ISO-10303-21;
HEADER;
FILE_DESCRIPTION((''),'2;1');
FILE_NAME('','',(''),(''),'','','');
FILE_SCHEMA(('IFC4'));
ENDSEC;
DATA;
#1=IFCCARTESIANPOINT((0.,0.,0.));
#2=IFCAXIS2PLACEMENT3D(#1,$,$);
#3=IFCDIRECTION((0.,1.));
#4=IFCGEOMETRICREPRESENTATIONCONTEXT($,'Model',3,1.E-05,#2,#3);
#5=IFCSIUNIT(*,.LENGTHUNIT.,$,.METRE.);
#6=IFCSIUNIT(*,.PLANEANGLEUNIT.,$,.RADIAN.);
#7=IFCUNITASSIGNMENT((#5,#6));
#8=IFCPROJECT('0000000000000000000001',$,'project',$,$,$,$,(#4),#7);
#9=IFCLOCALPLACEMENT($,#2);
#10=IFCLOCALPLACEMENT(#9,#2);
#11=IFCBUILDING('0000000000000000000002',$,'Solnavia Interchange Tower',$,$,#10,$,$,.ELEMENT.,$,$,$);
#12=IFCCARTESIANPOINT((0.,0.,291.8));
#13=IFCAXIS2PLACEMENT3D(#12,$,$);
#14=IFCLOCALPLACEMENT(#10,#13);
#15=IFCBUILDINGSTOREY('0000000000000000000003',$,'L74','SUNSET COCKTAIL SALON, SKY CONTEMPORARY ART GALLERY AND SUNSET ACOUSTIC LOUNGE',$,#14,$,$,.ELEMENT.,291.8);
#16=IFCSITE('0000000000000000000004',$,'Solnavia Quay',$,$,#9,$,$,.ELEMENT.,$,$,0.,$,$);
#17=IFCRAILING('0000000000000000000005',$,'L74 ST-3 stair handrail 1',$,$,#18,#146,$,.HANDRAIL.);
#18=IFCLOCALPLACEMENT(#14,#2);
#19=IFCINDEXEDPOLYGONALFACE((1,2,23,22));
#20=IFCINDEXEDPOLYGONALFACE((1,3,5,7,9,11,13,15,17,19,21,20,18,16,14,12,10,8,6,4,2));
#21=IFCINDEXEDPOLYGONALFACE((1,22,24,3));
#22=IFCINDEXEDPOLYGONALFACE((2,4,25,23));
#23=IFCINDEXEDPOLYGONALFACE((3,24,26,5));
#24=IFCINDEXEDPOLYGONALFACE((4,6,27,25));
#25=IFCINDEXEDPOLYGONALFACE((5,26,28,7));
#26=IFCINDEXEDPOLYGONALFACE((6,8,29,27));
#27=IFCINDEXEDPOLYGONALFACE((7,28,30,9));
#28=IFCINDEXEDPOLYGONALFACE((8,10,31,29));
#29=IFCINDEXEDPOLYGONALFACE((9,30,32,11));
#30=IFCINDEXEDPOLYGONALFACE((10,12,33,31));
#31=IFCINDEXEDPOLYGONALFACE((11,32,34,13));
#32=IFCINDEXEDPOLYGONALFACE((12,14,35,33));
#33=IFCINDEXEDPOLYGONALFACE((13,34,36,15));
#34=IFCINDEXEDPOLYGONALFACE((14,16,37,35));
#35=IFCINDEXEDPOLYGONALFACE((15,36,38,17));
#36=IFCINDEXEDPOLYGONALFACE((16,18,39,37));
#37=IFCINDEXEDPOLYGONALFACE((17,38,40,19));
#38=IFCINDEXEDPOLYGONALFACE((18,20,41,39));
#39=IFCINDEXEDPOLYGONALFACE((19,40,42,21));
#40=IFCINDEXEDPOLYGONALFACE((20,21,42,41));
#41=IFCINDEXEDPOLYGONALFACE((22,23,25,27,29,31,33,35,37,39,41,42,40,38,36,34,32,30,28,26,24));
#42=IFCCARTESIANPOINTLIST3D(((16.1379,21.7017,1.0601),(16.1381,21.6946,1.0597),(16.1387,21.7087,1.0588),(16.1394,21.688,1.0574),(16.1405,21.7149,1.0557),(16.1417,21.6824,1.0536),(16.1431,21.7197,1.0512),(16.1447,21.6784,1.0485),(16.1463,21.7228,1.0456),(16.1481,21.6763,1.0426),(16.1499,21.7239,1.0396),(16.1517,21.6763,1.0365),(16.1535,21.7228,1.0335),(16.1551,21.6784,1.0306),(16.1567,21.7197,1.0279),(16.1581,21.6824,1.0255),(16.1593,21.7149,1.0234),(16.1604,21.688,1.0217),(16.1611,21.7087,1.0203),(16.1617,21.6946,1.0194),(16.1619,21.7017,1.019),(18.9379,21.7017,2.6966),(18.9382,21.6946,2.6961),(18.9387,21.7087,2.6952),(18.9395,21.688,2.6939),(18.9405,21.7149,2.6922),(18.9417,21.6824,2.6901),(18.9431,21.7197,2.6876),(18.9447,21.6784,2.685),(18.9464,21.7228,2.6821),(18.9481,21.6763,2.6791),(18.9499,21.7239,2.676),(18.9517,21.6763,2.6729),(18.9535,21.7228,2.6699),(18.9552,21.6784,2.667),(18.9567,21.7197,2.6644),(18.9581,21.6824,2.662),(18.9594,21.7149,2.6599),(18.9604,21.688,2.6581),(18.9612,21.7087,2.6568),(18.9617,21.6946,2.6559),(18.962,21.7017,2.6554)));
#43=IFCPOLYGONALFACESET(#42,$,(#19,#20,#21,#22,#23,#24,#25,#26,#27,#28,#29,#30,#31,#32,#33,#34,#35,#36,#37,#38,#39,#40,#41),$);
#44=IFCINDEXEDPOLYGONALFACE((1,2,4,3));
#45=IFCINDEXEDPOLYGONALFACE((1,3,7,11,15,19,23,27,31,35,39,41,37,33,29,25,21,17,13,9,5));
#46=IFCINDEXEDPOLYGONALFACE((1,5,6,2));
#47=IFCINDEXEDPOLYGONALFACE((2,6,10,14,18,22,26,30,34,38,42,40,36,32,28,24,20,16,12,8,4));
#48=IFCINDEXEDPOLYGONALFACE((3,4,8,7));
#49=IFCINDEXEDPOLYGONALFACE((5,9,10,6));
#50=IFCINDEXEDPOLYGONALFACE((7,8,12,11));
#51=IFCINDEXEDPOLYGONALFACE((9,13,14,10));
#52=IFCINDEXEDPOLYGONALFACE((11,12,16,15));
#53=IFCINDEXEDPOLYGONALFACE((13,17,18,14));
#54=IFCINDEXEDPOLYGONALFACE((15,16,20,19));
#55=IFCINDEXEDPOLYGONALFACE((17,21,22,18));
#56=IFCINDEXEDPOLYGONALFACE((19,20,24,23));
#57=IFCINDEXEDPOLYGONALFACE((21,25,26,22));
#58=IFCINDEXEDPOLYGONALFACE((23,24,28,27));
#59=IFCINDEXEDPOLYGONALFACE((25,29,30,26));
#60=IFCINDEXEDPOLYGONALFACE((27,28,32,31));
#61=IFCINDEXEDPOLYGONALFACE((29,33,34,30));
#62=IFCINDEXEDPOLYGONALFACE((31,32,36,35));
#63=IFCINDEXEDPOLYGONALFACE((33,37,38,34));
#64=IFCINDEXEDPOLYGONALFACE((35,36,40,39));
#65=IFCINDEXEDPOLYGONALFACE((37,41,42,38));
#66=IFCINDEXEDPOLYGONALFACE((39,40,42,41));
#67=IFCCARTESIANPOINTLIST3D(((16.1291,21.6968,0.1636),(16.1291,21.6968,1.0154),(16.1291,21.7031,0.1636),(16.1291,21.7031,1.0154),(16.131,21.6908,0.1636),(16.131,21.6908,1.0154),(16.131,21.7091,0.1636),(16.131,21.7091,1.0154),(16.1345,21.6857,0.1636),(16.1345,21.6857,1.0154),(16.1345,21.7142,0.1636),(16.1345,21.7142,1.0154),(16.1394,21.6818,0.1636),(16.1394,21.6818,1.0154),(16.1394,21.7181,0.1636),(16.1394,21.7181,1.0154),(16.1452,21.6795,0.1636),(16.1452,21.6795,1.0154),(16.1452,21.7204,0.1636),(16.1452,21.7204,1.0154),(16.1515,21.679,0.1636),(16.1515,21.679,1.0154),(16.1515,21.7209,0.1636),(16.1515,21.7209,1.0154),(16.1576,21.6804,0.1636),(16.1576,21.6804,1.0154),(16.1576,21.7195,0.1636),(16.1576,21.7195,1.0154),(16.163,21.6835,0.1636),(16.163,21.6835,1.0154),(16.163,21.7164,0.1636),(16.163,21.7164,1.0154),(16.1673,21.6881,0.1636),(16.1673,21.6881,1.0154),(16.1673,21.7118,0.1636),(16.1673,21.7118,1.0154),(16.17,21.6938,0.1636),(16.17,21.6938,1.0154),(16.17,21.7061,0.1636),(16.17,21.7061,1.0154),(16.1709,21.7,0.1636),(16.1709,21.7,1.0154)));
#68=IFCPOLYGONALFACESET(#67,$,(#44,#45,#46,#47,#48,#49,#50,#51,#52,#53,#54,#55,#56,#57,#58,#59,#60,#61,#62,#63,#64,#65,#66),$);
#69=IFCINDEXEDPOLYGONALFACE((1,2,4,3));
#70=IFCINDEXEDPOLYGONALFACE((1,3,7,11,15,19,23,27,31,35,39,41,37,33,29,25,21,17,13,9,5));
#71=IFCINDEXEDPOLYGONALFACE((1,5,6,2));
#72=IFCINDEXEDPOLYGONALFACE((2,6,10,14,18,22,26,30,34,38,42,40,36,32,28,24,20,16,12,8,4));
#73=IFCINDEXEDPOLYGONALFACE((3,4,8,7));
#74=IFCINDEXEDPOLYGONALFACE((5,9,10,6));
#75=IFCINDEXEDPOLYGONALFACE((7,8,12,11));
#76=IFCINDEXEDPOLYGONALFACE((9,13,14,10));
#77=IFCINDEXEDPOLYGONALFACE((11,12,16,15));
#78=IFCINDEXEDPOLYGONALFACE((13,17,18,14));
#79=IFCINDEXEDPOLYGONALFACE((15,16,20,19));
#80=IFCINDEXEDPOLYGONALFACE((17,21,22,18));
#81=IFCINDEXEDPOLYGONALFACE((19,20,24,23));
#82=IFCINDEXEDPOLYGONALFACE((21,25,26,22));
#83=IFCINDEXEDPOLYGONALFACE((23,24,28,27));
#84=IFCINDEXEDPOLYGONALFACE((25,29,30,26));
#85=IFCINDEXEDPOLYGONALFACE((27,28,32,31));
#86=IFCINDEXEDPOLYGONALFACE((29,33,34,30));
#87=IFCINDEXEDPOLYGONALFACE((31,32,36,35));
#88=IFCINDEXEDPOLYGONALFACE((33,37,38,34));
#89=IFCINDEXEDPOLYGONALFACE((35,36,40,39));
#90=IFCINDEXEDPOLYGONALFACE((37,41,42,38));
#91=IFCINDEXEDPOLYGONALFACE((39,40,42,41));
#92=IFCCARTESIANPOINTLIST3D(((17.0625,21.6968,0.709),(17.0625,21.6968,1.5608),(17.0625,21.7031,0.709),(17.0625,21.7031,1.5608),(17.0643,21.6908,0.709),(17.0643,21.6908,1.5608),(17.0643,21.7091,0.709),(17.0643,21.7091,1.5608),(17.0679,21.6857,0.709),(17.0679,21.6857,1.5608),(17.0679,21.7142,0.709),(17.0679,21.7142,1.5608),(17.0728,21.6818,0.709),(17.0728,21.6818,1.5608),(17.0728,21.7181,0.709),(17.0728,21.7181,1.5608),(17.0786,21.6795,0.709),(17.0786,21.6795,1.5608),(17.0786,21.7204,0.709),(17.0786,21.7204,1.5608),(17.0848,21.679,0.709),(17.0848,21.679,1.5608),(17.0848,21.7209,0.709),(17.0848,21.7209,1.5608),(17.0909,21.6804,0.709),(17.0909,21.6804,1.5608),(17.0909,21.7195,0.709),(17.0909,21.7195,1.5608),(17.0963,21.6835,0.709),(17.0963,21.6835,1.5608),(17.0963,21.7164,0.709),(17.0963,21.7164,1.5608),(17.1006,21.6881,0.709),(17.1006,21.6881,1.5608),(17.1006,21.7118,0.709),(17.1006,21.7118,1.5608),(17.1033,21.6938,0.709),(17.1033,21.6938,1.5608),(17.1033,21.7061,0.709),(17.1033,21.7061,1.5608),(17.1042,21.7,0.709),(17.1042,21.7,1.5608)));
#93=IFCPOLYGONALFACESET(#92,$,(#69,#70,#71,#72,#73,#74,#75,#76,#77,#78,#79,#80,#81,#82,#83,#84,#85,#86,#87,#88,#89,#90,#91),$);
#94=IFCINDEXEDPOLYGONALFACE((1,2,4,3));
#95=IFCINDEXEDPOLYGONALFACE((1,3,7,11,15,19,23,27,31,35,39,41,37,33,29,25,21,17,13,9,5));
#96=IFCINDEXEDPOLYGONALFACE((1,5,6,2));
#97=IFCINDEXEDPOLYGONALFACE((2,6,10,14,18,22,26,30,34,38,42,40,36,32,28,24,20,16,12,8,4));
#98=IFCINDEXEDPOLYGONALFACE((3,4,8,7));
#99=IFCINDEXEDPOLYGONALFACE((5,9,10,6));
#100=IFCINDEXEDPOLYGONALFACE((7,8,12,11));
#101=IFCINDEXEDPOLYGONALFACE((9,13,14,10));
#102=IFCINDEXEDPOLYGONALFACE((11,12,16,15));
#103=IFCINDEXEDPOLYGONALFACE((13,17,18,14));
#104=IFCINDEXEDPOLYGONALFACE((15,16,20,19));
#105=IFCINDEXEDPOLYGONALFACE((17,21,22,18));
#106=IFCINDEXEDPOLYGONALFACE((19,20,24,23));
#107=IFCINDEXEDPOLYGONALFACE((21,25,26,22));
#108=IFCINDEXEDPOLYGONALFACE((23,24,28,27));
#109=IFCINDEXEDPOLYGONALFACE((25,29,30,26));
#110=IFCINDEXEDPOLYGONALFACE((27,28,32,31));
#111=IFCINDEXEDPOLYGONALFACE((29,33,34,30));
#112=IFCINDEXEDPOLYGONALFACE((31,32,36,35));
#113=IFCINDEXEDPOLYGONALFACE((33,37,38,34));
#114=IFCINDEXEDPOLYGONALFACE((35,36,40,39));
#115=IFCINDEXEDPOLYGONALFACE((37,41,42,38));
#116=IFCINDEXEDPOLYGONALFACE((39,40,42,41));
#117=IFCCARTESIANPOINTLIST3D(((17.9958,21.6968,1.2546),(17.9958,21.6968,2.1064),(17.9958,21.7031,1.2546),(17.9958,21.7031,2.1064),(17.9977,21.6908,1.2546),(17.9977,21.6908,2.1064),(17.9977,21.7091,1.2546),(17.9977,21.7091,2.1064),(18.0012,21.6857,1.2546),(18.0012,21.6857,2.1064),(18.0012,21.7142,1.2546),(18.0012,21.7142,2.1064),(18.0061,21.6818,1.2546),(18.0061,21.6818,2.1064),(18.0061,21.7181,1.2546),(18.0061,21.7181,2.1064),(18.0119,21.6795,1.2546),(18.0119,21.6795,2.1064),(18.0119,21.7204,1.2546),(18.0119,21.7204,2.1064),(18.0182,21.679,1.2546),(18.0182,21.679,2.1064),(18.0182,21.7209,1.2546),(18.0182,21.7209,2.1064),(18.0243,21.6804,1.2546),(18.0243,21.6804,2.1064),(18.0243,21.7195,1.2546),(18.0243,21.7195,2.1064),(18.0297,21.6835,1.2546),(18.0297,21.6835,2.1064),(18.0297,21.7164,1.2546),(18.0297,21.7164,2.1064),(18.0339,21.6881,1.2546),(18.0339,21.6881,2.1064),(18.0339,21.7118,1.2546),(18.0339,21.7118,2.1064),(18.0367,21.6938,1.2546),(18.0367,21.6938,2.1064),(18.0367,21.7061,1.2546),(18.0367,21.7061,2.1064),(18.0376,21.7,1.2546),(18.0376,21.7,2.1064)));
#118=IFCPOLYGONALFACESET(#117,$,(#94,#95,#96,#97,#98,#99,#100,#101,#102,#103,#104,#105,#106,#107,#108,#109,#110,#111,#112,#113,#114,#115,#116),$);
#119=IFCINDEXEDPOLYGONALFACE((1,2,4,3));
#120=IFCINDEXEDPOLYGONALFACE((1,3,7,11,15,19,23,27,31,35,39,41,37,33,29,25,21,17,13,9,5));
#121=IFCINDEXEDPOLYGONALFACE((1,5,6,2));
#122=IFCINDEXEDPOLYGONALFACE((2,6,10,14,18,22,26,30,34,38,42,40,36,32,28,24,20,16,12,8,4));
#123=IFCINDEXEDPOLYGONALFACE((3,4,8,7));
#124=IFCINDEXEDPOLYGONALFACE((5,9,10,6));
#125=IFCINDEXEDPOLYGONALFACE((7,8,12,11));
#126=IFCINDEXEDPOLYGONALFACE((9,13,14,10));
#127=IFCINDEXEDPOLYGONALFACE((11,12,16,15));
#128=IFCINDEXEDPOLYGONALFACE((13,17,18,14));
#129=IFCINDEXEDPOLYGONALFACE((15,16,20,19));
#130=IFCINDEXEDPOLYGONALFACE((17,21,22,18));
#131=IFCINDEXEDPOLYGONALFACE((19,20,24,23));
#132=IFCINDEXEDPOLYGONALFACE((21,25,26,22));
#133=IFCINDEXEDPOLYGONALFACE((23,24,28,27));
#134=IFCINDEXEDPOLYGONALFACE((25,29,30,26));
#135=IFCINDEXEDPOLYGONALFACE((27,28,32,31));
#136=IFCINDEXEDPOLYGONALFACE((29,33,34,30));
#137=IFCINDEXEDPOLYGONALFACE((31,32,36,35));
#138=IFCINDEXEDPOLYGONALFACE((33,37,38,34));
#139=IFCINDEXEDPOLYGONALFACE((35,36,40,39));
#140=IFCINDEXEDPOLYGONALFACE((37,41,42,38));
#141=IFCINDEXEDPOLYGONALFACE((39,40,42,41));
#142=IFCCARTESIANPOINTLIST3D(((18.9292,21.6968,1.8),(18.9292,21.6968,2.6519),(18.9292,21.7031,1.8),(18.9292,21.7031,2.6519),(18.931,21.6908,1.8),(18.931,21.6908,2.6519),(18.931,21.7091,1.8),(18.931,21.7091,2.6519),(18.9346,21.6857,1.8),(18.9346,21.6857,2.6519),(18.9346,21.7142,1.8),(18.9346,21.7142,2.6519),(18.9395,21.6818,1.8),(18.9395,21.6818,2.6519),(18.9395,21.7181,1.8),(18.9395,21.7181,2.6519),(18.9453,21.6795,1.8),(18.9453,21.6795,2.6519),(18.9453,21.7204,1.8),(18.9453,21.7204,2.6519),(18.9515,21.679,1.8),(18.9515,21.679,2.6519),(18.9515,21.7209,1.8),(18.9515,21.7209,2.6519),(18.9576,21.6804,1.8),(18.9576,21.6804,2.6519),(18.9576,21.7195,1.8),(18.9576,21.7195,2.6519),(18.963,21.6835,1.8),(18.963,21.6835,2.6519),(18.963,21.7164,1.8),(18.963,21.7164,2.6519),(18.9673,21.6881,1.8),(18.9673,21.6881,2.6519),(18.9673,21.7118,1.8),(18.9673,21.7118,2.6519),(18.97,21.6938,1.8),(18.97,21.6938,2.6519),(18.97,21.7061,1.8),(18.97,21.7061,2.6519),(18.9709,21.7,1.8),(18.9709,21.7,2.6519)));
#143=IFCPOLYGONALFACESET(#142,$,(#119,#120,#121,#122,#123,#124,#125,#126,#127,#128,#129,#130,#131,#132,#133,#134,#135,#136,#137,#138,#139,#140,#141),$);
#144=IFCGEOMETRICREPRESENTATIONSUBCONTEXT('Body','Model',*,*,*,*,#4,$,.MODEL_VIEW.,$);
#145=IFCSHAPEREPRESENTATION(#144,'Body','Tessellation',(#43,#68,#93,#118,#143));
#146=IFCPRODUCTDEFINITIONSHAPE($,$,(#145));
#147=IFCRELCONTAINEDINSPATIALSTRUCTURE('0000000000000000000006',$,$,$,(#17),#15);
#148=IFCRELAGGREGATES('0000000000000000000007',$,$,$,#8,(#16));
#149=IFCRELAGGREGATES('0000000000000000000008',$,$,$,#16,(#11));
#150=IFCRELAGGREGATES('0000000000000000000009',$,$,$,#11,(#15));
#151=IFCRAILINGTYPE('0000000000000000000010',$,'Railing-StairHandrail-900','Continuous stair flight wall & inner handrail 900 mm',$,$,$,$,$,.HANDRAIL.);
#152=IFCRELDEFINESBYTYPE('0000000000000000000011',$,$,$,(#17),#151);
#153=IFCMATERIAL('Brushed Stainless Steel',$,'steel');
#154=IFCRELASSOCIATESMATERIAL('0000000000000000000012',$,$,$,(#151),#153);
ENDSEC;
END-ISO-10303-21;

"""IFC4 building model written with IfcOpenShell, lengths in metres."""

from ifc_helpers import new_model, si_unit, direction, frame, origin, origin_2d, place, context, subcontext, project, spatial, circle, extrude, material, type_object, element, save


model = new_model("IFC4")

# Units and contexts
model_context = context("Model", 3, precision=1e-05, world=origin(), true_north=direction((0.0, 1.0)))
body_context = subcontext(model_context, "Body", "Model", "MODEL_VIEW")
ifc_project = project(units=[si_unit("LENGTHUNIT", "METRE"), si_unit("PLANEANGLEUNIT", "RADIAN")], contexts=[model_context])

# Site, building, storey
site_placement = place(None, origin())
site = spatial("IfcSite", under=ifc_project, at=site_placement, Name="Solnavia Quay", CompositionType="ELEMENT", RefElevation=0.0)
building_placement = place(site_placement, origin())
building = spatial("IfcBuilding", under=site, at=building_placement, Name="Solnavia Interchange Tower", CompositionType="ELEMENT")
storey_placement = place(building_placement, frame((0.0, 0.0, 291.8)))
storey = spatial("IfcBuildingStorey", under=building, at=storey_placement, Name="L74", Description="SUNSET COCKTAIL SALON, SKY CONTEMPORARY ART GALLERY AND SUNSET ACOUSTIC LOUNGE", CompositionType="ELEMENT", Elevation=291.8)

# Railing
ifc_material_1 = material(Name="Brushed Stainless Steel", Category="steel")
railing_type_1 = type_object("IfcRailingType", Name="Railing-StairHandrail-900", Description="Continuous stair flight wall & inner handrail 900 mm", PredefinedType="HANDRAIL", material=ifc_material_1)
railing_1_placement = place(storey_placement, frame((16.1499, 21.7, 0.1636)))
element("IfcRailing", 1, at=railing_1_placement, inside=storey, type_object=railing_type_1, Name="L74 ST-3 stair handrail 1", PredefinedType="HANDRAIL", context=body_context, shape_type="SweptSolid", body=[
    extrude(circle(Radius=0.0239, at=origin_2d()), frame((0.0, 0.0, 0.876), z_axis=(0.863361, 0.0, 0.504587), x_axis=(0.0, 1.0, 0.0)), (0.0, 0.0, 1.0), 3.2432),
    extrude(circle(Radius=0.021, at=origin_2d()), origin(), (0.0, 0.0, 1.0), 0.8518),
    extrude(circle(Radius=0.021, at=origin_2d()), frame((0.9333, 0.0, 0.5454)), (0.0, 0.0, 1.0), 0.8518),
    extrude(circle(Radius=0.021, at=origin_2d()), frame((1.8667, 0.0, 1.0911)), (0.0, 0.0, 1.0), 0.8518),
    extrude(circle(Radius=0.021, at=origin_2d()), frame((2.8, 0.0, 1.6365)), (0.0, 0.0, 1.0), 0.8518),
])

save(model, "model.ifc")
